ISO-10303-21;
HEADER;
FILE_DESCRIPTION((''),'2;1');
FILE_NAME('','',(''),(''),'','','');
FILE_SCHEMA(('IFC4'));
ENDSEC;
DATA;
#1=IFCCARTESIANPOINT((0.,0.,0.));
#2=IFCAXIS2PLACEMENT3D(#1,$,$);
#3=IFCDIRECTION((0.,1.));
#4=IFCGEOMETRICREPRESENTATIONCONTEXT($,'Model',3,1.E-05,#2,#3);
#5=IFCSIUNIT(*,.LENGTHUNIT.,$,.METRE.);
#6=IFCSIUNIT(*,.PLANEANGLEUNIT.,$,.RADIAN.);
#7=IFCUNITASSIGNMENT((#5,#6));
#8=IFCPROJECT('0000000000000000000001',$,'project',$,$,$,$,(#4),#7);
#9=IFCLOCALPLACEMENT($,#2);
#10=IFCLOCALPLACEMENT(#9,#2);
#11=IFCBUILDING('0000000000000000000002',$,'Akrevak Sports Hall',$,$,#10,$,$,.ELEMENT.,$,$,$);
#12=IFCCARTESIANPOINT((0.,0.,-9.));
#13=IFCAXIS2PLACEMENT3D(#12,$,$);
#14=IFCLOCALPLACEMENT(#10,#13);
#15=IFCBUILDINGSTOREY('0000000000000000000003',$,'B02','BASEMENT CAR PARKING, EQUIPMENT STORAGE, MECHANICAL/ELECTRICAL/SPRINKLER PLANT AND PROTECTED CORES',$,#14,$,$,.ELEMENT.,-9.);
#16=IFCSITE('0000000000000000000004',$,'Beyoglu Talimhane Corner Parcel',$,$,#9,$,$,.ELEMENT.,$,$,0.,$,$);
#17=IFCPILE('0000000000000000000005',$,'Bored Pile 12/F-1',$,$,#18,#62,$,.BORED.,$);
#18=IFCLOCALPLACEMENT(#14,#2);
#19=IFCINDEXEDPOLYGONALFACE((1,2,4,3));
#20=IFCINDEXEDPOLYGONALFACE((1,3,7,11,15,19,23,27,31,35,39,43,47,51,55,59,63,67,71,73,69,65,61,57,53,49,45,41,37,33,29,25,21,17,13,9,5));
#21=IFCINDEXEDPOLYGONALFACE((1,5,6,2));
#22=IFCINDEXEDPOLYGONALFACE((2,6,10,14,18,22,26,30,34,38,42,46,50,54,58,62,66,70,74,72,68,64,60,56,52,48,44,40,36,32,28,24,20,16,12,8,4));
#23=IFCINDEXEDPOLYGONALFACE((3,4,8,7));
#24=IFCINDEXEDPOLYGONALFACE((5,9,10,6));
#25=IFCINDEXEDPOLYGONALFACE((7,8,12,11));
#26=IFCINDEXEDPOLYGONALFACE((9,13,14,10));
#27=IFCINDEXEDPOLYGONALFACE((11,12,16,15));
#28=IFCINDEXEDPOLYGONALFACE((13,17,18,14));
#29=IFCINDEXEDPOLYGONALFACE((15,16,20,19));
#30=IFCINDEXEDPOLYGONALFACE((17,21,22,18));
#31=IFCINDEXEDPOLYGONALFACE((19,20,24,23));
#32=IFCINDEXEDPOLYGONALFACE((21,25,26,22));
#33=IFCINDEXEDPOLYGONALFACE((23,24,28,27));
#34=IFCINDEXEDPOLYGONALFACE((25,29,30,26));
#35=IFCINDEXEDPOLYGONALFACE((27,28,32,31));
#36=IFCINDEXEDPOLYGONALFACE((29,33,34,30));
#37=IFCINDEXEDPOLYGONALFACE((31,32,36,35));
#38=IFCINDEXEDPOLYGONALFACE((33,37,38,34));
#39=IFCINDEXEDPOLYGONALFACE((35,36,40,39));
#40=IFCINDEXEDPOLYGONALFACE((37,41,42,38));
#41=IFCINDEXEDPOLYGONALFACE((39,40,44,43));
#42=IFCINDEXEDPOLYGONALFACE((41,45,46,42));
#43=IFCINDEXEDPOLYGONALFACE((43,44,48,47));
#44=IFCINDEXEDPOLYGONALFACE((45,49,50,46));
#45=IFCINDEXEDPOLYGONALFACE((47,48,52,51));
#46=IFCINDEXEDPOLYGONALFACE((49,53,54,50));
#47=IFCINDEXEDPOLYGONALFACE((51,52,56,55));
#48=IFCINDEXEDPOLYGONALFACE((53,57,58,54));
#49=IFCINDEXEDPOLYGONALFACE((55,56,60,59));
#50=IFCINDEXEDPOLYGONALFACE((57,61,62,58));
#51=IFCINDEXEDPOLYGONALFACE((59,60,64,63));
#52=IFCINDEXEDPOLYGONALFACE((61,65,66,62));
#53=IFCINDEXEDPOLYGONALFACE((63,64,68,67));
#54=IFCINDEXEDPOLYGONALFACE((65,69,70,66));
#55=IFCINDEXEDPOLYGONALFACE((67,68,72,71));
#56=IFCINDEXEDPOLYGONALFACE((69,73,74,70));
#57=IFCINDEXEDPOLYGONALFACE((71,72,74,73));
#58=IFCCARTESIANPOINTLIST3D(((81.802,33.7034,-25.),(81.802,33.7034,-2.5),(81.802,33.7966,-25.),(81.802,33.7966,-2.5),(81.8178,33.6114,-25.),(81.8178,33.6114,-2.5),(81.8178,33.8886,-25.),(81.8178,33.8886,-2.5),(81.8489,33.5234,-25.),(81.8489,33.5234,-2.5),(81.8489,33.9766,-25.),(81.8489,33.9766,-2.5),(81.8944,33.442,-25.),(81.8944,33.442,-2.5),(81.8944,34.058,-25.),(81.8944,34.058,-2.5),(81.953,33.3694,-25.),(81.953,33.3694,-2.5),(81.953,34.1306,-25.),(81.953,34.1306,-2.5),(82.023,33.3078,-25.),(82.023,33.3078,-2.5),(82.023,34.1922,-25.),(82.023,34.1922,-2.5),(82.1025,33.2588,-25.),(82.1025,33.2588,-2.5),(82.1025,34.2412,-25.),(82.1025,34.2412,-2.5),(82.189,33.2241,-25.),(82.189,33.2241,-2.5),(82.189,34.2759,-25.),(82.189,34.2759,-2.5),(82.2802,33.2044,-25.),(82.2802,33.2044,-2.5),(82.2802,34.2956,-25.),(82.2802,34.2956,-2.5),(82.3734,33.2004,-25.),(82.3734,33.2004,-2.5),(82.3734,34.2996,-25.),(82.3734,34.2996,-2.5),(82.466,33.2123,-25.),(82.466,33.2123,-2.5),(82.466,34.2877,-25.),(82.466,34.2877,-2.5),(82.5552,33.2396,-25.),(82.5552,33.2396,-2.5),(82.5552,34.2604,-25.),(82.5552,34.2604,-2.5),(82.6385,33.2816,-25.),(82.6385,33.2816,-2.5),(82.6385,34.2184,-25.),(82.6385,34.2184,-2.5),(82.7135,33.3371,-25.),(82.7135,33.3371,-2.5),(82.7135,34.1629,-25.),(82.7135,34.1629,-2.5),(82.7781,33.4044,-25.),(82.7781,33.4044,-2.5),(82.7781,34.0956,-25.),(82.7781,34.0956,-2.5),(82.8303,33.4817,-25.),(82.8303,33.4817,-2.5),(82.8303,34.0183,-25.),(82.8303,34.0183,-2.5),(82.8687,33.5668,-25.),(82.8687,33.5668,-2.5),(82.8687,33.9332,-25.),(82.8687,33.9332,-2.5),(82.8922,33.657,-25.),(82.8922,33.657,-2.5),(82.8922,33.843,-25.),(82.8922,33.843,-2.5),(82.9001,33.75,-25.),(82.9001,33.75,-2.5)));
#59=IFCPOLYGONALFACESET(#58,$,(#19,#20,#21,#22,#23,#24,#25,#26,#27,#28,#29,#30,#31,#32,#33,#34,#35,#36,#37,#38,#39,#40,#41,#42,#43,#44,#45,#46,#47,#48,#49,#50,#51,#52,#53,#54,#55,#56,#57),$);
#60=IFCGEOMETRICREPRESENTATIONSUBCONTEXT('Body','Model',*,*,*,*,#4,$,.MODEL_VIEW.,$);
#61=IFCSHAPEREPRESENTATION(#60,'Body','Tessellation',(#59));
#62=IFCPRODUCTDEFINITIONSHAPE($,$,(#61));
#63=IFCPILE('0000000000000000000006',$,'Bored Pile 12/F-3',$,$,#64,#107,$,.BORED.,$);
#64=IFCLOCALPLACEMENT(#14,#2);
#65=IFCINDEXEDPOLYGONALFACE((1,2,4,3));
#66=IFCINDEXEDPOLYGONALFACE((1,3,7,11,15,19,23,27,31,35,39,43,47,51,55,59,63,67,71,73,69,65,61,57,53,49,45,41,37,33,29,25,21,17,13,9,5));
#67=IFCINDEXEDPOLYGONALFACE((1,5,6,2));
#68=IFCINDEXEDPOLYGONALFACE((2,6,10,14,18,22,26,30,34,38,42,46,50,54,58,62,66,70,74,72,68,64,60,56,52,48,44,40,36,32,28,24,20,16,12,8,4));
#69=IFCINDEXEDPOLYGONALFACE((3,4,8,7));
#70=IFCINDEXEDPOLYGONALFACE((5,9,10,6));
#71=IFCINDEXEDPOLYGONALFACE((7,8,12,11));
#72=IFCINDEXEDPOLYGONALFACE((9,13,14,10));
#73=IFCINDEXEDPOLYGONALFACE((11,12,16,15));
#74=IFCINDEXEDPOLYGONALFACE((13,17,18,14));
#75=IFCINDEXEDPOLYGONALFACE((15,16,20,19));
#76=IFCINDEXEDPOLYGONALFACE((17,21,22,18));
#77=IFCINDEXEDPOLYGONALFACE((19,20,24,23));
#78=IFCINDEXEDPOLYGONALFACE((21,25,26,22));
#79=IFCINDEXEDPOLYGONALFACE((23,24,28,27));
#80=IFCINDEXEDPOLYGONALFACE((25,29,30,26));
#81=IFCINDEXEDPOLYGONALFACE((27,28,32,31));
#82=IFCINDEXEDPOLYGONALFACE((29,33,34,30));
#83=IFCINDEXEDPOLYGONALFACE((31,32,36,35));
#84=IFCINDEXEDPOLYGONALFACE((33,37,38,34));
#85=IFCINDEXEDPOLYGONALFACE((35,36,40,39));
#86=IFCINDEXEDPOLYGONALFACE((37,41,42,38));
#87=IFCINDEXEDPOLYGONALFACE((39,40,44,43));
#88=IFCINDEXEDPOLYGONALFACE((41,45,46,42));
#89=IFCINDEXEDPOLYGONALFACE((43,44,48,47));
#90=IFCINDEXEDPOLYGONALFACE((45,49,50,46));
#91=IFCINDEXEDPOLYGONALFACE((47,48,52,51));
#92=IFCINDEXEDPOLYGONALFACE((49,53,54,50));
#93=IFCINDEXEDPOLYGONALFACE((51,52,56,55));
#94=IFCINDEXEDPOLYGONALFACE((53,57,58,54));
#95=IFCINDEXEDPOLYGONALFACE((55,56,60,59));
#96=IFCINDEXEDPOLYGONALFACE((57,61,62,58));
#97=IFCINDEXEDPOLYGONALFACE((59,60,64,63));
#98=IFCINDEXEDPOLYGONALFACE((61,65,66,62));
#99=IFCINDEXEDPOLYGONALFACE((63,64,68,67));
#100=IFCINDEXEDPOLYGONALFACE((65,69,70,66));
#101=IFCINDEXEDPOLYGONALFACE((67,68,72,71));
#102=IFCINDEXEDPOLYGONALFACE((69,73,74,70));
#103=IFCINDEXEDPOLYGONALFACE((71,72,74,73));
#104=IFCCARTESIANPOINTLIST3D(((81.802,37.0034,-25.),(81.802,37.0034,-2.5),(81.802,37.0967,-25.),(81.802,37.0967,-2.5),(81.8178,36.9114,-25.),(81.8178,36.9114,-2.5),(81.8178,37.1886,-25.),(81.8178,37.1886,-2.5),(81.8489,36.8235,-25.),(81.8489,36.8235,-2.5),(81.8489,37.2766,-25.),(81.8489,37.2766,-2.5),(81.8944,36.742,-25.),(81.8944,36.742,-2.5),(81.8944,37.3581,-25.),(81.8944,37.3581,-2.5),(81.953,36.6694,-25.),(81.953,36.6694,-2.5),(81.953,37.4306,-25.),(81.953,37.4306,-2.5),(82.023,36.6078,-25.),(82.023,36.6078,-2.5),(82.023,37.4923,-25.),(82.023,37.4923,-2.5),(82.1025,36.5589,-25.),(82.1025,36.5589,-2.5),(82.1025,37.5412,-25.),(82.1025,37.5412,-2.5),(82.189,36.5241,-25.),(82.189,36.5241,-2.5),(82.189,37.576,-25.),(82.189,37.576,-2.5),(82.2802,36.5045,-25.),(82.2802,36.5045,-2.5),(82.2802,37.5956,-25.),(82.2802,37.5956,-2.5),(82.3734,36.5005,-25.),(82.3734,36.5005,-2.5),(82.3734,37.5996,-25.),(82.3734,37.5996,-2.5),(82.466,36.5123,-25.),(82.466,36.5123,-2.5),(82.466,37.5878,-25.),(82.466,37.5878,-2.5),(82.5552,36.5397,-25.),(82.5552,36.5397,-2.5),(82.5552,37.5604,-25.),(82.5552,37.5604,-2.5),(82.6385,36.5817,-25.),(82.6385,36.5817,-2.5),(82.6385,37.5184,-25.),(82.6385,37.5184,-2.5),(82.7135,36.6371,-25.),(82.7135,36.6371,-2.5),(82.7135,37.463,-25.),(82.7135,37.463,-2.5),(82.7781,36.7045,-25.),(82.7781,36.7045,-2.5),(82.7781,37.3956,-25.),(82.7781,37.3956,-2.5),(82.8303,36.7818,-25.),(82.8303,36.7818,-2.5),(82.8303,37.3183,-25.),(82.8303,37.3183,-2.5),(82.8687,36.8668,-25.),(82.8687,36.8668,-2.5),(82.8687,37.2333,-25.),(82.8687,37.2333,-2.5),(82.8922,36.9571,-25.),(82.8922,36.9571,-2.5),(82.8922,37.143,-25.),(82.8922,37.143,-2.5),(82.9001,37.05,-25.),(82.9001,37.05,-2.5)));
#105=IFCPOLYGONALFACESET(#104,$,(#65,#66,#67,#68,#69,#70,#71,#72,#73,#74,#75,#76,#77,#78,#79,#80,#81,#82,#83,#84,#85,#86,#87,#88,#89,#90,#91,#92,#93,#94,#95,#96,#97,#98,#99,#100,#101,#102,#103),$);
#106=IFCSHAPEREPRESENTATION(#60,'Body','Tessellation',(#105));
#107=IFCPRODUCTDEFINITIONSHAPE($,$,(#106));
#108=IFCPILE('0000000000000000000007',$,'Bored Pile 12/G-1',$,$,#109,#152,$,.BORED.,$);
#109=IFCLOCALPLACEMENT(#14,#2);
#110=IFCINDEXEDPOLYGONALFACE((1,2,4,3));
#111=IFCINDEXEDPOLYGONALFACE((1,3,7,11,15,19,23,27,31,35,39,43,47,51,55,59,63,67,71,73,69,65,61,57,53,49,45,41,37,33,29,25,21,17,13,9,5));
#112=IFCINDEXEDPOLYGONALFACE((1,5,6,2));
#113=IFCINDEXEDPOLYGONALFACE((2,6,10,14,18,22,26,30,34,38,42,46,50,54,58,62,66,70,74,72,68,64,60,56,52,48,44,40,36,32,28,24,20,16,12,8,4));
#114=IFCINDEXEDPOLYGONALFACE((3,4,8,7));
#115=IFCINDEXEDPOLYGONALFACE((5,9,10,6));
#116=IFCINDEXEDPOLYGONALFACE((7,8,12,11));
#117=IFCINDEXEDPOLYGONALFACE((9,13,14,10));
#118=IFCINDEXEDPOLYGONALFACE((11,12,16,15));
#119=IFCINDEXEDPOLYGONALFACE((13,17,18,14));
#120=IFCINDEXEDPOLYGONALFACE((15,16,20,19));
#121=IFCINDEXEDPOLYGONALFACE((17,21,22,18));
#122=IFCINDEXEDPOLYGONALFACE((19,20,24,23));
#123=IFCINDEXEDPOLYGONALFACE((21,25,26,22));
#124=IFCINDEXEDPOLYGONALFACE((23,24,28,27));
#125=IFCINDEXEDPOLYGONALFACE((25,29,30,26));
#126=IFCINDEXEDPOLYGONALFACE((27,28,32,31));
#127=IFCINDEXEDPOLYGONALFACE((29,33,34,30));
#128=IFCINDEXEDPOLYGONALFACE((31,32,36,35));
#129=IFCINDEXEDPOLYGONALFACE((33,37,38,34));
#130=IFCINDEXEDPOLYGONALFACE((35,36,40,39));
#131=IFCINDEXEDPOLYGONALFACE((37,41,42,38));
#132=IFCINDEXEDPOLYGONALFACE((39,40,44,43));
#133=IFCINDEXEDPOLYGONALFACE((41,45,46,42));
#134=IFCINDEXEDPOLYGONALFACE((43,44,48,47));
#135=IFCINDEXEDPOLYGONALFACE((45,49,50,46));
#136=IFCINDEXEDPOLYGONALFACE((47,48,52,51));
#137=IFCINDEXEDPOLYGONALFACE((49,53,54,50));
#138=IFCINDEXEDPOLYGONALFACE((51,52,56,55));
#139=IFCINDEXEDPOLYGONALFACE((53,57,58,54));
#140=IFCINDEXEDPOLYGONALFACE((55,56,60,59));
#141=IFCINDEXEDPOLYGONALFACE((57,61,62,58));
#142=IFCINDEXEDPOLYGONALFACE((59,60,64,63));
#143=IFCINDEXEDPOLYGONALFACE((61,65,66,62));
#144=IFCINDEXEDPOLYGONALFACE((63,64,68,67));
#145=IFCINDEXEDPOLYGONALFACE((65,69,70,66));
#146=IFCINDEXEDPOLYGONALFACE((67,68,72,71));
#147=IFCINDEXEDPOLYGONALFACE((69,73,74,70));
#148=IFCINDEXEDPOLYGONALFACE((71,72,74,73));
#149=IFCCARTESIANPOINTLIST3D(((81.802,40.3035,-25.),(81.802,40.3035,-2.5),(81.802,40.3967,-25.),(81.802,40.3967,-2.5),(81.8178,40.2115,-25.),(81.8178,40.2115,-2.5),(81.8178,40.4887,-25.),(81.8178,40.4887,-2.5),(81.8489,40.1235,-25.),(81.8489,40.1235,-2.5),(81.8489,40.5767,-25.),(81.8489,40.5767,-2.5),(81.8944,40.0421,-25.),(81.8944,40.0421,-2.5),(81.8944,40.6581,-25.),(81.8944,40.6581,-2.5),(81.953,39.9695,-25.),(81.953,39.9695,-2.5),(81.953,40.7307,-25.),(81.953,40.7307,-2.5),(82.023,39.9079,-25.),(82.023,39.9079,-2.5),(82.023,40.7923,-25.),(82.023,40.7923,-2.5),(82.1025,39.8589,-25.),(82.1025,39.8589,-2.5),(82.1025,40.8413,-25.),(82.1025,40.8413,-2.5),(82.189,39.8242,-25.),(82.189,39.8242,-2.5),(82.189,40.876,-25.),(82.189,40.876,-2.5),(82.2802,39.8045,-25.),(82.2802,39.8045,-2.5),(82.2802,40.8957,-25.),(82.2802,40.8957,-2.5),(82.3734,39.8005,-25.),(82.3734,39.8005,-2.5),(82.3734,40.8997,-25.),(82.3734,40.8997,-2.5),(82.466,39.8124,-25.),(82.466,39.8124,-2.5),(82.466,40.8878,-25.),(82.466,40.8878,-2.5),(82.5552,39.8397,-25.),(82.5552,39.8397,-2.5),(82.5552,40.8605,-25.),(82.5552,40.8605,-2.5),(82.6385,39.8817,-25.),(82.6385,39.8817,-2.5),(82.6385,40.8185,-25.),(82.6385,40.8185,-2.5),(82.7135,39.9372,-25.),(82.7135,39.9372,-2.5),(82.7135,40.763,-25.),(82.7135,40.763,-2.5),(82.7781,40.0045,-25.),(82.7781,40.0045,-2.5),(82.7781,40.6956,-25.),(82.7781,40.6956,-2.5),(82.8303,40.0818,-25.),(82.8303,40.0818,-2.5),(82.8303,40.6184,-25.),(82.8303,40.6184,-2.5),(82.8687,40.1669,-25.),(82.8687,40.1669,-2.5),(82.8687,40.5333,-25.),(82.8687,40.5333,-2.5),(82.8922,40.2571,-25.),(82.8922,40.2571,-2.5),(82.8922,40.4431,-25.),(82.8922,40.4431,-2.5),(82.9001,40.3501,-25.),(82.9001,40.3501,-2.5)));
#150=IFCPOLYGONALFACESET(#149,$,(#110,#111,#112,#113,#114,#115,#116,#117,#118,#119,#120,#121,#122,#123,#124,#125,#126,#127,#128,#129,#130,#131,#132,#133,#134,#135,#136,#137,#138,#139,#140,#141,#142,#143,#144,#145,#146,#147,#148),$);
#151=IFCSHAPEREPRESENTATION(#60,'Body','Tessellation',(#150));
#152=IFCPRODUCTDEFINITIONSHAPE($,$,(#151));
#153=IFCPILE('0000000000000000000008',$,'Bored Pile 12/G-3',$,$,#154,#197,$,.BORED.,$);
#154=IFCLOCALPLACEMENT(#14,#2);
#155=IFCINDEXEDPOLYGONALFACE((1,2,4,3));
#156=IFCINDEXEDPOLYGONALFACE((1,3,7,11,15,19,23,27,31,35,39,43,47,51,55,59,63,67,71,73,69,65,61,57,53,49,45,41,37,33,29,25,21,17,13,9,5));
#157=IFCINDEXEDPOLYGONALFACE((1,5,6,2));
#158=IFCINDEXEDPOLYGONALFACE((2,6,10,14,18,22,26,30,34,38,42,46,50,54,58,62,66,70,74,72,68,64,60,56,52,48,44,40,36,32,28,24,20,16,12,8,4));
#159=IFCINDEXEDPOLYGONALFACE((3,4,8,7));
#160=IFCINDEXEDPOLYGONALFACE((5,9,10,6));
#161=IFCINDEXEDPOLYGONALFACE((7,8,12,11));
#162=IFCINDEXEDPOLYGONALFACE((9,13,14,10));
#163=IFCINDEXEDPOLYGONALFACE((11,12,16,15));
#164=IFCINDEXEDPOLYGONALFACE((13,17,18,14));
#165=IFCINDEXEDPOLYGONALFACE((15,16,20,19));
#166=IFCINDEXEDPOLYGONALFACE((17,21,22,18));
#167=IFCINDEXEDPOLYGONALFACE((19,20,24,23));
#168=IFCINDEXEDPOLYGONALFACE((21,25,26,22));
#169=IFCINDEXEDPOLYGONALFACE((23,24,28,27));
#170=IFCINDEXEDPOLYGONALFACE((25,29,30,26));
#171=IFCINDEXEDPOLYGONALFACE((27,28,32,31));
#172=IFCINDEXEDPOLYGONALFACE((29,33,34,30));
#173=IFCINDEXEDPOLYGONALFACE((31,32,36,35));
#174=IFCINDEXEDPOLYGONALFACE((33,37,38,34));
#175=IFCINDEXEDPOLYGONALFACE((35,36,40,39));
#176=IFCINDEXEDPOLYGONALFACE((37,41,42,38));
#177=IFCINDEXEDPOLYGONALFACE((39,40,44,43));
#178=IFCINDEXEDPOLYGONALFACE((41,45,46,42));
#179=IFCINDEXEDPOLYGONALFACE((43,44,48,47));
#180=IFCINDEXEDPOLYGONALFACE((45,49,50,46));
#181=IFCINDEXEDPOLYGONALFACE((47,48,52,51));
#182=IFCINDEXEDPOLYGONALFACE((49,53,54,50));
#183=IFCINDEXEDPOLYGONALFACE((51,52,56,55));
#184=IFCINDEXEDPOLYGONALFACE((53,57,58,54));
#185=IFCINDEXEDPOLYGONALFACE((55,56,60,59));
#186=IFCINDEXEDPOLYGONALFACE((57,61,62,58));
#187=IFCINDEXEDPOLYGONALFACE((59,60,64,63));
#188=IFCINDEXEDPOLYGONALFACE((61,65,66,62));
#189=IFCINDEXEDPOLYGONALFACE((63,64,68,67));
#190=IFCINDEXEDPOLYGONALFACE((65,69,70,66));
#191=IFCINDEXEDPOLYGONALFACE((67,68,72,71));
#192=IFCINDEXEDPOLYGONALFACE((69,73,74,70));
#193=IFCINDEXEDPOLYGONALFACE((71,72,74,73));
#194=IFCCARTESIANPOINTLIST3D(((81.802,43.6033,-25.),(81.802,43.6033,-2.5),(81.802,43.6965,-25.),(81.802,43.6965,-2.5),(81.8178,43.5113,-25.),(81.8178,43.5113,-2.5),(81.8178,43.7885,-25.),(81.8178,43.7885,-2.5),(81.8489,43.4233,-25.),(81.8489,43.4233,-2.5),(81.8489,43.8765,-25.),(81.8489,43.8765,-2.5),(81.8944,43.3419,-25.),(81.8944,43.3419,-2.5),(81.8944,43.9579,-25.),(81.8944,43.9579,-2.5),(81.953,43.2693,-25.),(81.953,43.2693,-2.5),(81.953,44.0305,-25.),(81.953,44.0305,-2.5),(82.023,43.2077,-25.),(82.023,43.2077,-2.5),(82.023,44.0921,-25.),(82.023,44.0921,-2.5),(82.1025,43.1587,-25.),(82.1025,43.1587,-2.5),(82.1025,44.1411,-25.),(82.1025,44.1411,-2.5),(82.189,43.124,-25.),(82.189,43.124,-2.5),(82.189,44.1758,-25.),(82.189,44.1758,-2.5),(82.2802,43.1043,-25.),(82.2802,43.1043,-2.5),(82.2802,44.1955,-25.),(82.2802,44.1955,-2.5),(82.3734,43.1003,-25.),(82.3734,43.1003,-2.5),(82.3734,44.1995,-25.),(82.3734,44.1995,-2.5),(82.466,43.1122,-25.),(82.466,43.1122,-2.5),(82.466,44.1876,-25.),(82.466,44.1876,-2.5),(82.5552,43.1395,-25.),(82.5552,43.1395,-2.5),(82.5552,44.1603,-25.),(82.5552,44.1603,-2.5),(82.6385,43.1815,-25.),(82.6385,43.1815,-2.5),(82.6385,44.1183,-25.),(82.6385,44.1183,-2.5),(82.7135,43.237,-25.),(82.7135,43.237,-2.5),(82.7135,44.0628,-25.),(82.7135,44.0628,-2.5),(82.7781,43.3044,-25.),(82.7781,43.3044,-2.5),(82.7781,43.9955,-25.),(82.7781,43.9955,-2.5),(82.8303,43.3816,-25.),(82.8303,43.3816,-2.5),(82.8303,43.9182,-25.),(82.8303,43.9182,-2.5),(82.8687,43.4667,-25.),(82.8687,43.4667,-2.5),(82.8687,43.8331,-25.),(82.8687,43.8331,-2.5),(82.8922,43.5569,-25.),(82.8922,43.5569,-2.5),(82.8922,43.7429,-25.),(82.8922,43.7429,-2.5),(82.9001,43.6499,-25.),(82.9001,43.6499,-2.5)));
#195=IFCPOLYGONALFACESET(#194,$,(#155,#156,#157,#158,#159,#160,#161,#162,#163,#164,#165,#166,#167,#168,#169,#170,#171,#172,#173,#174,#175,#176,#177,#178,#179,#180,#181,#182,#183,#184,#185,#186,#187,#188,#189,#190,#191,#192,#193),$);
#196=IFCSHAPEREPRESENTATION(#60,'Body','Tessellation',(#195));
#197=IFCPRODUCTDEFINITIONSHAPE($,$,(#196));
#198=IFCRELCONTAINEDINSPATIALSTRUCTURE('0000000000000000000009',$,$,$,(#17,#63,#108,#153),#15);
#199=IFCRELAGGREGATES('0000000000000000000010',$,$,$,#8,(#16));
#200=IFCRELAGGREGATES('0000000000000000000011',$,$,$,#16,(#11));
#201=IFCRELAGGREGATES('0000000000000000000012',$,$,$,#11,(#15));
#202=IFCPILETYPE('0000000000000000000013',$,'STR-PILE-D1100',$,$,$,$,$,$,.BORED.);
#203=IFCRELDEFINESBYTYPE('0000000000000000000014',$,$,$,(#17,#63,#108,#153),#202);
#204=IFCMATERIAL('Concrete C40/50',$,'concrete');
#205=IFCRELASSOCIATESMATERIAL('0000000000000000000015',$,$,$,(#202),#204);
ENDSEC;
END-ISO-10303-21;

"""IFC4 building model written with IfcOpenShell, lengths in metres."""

from ifc_helpers import new_model, si_unit, direction, frame, origin, origin_2d, place, context, subcontext, project, spatial, circle, extrude, material, material_profile, profile_set, type_object, element, save


model = new_model("IFC4")

# Units and contexts
model_context = context("Model", 3, precision=1e-05, world=origin(), true_north=direction((0.0, 1.0)))
body_context = subcontext(model_context, "Body", "Model", "MODEL_VIEW")
ifc_project = project(units=[si_unit("LENGTHUNIT", "METRE"), si_unit("PLANEANGLEUNIT", "RADIAN")], contexts=[model_context])

# Site, building, storey
site_placement = place(None, origin())
site = spatial("IfcSite", under=ifc_project, at=site_placement, Name="Beyoglu Talimhane Corner Parcel", CompositionType="ELEMENT", RefElevation=0.0)
building_placement = place(site_placement, origin())
building = spatial("IfcBuilding", under=site, at=building_placement, Name="Akrevak Sports Hall", CompositionType="ELEMENT")
storey_placement = place(building_placement, frame((0.0, 0.0, -9.0)))
storey = spatial("IfcBuildingStorey", under=building, at=storey_placement, Name="B02", Description="BASEMENT CAR PARKING, EQUIPMENT STORAGE, MECHANICAL/ELECTRICAL/SPRINKLER PLANT AND PROTECTED CORES", CompositionType="ELEMENT", Elevation=-9.0)

# Shared definitions
ifc_material_1 = material(Name="Concrete C40/50", Category="concrete")

# Piles
ifc_material_profile_1 = material_profile(ifc_material_1, circle(Radius=0.55, at=origin_2d()), Name="BORED PILE D1100", Category="concrete")
ifc_profile_set_1 = profile_set([ifc_material_profile_1], Name="Concrete C40/50")
pile_type_1 = type_object("IfcPileType", Name="STR-PILE-D1100", PredefinedType="BORED", material=ifc_profile_set_1)
for number, where, z_axis, x_axis, name in (
    (1, (82.3501, 33.75, -2.5), (0.0, 0.0, -1.0), (1.0, 0.0, 0.0), "Bored Pile 12/F-1"),
    (2, (82.3501, 37.05, -2.5), (0.0, 0.0, -1.0), (1.0, 0.0, 0.0), "Bored Pile 12/F-3"),
    (3, (82.3501, 40.3501, -2.5), (0.0, 0.0, -1.0), (1.0, 0.0, 0.0), "Bored Pile 12/G-1"),
    (4, (82.3501, 43.6499, -2.5), (0.0, 0.0, -1.0), (1.0, 0.0, 0.0), "Bored Pile 12/G-3"),
):
    element("IfcPile", number, at=place(storey_placement, frame(where, z_axis=z_axis, x_axis=x_axis)), inside=storey, type_object=pile_type_1, Name=name, PredefinedType="BORED", context=body_context, shape_type="SweptSolid", body=[
        extrude(circle(Radius=0.55, at=origin_2d()), origin(), (0.0, 0.0, 1.0), 22.5),
    ])

save(model, "model.ifc")
